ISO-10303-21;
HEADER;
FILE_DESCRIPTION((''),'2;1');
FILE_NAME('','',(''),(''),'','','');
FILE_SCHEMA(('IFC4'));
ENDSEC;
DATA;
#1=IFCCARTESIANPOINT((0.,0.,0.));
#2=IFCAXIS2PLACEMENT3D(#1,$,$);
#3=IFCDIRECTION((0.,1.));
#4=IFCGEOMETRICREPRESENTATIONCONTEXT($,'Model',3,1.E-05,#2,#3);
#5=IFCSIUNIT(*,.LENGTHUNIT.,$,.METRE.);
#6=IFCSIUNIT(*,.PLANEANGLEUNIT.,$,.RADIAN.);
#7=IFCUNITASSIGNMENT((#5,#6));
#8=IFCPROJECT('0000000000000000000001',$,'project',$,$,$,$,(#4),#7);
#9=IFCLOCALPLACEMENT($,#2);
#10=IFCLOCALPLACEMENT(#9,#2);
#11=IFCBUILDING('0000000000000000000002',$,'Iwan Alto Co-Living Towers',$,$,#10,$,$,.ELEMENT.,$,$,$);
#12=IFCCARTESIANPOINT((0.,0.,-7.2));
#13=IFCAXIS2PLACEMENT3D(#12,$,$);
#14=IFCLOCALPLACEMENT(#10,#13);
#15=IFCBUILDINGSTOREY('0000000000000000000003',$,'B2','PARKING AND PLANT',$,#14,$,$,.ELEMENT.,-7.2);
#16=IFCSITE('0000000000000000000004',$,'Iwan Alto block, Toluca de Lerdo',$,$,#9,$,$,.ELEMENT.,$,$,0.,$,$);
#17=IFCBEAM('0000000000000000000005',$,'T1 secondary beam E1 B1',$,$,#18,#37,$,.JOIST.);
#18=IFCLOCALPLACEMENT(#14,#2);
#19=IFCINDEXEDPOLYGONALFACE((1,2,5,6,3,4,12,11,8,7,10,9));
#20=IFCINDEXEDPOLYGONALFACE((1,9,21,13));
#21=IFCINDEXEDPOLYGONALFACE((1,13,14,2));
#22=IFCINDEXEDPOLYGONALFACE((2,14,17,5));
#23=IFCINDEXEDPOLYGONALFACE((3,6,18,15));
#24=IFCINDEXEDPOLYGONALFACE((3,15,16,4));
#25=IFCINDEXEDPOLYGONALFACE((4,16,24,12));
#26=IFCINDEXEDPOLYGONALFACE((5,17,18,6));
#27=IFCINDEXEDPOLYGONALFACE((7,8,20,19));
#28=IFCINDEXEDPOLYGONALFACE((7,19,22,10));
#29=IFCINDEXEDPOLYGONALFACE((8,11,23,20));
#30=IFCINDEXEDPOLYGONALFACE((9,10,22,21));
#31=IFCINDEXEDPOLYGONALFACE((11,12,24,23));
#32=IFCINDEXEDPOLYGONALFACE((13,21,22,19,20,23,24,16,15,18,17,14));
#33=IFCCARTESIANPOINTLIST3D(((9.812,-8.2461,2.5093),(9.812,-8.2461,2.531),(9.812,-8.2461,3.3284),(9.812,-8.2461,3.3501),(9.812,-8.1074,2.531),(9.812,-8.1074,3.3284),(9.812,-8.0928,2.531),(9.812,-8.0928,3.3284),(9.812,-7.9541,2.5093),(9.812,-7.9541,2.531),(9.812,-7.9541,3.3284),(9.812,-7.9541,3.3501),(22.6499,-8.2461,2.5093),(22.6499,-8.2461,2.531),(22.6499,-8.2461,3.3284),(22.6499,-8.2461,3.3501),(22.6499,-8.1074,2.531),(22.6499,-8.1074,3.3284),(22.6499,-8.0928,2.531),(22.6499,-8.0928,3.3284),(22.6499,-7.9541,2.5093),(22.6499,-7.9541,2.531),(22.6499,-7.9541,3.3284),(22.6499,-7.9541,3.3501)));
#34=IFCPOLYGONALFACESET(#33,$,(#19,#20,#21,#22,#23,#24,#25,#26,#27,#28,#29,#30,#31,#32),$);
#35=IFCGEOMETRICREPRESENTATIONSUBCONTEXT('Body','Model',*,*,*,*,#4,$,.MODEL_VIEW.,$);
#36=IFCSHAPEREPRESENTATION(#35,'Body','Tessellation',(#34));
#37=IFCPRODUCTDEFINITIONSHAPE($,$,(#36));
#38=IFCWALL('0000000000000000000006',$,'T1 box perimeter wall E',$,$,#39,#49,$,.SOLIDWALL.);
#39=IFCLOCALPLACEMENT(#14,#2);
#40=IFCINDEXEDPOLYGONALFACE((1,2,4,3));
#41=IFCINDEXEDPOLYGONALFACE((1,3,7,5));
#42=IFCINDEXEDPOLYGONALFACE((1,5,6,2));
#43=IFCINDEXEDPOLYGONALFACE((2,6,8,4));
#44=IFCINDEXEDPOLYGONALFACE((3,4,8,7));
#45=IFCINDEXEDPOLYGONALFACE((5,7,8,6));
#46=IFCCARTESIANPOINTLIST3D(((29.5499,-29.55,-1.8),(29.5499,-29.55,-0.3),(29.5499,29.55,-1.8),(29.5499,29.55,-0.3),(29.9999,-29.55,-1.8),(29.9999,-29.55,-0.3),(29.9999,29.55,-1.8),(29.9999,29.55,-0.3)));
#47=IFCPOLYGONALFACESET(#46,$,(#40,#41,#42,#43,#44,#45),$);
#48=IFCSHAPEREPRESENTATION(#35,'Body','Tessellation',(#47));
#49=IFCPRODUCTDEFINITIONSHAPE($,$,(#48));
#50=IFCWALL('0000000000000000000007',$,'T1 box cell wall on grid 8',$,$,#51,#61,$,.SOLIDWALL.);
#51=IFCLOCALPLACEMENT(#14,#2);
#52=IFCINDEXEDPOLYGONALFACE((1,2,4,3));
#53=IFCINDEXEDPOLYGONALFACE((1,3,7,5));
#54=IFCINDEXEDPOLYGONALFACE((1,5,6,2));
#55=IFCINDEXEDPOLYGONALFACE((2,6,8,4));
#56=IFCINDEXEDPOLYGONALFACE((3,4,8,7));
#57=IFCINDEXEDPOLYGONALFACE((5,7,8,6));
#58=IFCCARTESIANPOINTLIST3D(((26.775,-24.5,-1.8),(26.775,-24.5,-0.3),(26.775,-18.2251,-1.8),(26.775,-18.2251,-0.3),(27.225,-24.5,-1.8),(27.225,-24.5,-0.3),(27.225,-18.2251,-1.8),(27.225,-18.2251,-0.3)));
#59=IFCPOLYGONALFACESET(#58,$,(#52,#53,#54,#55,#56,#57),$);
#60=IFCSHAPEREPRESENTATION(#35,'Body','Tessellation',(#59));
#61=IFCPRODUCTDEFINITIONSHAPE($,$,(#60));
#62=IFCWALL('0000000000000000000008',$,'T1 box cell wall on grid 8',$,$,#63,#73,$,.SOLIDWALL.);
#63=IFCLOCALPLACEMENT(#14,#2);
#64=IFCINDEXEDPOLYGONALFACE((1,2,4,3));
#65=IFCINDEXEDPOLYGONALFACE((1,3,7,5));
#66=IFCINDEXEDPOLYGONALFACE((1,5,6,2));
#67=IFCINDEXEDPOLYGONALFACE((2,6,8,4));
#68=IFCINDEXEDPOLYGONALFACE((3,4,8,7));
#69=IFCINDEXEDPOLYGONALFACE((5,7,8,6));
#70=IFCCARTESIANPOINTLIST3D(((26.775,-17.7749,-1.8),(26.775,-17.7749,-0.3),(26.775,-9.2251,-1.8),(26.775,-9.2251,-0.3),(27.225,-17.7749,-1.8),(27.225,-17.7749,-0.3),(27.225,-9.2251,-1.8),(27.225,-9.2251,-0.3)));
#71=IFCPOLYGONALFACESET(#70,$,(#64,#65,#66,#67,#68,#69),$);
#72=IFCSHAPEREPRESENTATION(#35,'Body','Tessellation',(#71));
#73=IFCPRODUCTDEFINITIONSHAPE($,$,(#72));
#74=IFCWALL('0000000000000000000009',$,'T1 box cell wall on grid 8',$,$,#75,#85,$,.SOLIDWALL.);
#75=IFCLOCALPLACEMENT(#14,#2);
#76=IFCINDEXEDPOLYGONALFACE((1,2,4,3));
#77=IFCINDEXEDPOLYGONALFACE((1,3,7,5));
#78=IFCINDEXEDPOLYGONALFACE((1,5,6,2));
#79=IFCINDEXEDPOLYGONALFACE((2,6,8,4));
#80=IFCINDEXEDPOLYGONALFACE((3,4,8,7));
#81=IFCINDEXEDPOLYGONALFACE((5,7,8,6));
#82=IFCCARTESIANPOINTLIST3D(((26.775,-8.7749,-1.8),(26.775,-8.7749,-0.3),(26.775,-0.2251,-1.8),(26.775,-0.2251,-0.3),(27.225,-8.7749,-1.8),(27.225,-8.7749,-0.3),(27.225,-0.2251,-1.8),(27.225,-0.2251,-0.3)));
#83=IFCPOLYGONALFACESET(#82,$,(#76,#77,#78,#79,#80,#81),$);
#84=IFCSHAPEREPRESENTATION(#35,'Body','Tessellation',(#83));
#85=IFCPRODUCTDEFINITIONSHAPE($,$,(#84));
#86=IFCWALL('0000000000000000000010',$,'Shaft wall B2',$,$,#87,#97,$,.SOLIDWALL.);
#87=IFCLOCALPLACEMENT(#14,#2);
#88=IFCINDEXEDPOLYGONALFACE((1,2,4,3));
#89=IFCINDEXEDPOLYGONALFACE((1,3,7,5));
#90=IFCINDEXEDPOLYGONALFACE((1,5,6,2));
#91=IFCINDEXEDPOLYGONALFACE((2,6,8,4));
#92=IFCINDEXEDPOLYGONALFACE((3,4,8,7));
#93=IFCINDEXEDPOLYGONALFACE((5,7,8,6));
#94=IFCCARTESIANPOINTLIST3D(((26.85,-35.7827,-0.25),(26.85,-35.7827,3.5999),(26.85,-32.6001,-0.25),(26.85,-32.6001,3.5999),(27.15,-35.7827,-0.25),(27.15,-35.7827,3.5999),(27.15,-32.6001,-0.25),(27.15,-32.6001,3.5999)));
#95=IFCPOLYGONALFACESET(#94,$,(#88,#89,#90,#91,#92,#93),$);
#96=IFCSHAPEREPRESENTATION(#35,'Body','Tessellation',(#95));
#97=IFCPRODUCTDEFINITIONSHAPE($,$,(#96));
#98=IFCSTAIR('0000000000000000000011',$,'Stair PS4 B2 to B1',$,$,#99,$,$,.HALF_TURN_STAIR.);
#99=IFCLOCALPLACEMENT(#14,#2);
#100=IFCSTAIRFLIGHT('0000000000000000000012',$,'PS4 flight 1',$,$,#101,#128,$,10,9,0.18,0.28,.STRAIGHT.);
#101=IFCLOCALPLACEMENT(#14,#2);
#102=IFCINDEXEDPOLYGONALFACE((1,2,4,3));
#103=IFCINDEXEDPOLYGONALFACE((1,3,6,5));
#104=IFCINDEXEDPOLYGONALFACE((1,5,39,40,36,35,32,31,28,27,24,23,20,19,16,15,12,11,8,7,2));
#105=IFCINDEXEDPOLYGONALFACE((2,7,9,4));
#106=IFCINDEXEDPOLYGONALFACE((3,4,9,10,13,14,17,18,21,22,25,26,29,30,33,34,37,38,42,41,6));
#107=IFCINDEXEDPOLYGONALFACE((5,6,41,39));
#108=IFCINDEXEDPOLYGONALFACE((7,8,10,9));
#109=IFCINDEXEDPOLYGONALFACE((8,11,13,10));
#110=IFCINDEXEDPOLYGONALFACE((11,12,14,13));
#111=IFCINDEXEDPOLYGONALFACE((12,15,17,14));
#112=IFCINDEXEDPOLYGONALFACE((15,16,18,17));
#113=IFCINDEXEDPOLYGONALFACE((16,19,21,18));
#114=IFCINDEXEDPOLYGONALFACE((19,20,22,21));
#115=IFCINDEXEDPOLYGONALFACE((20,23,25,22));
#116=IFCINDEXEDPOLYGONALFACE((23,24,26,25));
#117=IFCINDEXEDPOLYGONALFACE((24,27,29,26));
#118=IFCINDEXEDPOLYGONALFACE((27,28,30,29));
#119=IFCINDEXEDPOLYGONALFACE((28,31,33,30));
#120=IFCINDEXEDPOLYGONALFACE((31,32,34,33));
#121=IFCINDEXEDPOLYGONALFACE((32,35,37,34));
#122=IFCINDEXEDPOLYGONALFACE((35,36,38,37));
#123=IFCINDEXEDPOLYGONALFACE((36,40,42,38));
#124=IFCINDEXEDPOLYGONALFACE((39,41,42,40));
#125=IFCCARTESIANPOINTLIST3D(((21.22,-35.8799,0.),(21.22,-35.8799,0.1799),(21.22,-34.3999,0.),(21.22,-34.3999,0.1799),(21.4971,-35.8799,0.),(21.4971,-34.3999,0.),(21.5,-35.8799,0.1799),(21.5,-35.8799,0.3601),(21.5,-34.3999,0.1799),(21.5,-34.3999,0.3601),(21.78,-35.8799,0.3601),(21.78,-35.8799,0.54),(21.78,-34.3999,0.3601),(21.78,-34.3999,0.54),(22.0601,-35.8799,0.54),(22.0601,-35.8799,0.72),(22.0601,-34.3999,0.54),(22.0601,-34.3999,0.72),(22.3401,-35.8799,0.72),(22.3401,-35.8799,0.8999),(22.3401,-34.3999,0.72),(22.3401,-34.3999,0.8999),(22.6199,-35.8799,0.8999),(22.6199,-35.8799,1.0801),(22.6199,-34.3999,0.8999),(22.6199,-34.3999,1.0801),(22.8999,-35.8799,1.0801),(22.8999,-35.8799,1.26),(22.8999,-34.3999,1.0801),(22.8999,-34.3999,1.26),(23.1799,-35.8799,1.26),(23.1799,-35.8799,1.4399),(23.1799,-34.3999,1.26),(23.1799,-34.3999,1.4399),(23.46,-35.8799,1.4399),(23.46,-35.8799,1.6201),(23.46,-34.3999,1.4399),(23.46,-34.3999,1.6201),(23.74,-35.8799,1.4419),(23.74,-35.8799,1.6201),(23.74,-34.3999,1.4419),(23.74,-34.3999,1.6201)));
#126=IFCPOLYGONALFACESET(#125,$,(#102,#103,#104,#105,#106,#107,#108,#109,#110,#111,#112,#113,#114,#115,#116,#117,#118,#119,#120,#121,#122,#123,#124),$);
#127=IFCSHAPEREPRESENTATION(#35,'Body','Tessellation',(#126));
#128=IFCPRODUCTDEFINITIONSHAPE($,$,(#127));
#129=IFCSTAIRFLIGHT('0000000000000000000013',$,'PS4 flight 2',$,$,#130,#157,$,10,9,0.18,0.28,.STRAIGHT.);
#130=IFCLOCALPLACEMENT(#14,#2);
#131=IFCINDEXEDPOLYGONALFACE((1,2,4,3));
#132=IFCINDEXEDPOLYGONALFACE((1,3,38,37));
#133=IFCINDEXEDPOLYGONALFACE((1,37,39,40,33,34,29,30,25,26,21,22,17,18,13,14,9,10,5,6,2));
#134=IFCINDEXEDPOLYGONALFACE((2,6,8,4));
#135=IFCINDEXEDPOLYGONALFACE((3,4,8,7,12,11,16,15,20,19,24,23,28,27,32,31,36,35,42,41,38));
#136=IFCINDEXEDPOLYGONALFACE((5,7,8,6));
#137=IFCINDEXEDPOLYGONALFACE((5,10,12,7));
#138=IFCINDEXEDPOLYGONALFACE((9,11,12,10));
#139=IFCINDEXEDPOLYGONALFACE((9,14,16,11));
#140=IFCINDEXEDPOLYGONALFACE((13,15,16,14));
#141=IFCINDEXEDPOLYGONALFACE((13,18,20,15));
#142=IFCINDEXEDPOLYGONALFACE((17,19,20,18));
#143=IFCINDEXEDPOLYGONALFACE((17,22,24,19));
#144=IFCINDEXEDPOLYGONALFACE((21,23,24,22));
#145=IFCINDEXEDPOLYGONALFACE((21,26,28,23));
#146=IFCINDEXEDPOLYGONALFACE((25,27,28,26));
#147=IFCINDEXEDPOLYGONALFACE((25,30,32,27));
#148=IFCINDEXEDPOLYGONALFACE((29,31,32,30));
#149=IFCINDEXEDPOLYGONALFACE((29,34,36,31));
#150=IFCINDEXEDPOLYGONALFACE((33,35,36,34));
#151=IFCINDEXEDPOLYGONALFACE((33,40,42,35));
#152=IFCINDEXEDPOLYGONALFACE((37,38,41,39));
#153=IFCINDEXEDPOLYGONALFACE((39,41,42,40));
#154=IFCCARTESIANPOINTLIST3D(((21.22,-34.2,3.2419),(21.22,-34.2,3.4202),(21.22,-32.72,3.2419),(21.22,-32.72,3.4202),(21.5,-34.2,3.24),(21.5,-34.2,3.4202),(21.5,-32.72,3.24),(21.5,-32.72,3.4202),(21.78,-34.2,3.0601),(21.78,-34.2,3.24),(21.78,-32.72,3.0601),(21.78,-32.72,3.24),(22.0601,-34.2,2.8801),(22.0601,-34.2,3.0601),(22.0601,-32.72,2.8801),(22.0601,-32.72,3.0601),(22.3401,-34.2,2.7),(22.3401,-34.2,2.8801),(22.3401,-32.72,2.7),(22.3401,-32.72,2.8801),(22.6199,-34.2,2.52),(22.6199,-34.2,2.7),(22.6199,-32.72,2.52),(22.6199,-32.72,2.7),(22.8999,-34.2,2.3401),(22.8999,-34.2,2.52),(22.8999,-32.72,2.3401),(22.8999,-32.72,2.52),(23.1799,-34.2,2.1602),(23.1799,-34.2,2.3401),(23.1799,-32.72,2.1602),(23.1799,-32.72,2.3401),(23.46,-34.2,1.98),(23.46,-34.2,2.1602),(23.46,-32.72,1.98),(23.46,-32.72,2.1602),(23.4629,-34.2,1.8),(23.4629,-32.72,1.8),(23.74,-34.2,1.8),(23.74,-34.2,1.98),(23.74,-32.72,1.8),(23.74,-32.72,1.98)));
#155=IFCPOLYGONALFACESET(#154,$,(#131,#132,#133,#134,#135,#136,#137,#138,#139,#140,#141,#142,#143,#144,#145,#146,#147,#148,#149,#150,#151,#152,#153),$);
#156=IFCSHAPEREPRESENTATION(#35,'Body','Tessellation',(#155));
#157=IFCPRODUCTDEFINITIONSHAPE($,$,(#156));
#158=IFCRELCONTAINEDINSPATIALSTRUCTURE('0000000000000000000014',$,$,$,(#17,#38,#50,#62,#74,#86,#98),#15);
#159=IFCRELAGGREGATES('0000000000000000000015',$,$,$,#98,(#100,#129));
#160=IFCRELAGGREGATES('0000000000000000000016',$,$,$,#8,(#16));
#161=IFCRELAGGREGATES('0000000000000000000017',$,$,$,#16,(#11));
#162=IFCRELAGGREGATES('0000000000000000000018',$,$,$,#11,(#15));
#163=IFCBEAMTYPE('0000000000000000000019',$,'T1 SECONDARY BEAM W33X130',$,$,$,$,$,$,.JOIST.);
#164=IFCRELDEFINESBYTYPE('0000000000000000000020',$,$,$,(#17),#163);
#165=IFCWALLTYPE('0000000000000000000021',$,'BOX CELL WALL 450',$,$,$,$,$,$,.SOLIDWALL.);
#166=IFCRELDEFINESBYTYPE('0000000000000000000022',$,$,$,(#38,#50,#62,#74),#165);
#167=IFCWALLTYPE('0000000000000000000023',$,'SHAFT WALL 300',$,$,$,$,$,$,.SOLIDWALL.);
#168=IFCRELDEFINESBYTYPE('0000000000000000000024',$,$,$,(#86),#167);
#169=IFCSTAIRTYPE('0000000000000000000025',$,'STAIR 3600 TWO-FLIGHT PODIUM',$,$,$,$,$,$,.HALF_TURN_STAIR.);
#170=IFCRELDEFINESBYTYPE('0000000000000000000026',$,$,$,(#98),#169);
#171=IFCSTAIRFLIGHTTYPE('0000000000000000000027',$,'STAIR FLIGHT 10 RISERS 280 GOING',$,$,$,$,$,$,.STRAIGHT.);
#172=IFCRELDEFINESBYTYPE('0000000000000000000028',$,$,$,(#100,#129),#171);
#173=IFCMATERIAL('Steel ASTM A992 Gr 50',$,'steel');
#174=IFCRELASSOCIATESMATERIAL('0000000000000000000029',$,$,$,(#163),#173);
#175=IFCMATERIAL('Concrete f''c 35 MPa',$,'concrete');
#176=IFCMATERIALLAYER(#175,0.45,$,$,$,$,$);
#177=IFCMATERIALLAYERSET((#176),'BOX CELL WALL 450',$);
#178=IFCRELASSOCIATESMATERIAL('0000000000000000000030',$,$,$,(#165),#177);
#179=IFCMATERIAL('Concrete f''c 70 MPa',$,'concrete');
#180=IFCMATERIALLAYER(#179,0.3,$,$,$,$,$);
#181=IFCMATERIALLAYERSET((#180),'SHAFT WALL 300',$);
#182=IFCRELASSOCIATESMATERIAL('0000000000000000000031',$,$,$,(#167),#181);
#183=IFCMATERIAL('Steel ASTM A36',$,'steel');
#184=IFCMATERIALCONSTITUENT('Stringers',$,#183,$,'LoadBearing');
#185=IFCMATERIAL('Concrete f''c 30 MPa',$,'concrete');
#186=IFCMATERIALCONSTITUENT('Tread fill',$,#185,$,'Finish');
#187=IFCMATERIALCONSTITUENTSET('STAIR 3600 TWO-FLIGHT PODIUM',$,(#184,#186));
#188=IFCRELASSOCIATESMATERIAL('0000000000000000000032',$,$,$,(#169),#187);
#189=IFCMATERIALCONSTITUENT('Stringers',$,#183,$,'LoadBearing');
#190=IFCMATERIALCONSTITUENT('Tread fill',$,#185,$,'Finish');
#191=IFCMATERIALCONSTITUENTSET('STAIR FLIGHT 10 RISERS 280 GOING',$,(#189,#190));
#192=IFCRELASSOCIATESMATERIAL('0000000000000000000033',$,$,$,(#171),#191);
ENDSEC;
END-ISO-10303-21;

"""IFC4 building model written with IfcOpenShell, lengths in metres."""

from ifc_helpers import new_model, si_unit, direction, frame, frame_2d, origin, origin_2d, place, context, subcontext, project, spatial, polyline, rectangle, i_section, outline, extrude, material, layer, layer_set, constituent, constituent_set, material_profile, profile_set, type_object, element, aggregate, save


model = new_model("IFC4")

# Units and contexts
model_context = context("Model", 3, precision=1e-05, world=origin(), true_north=direction((0.0, 1.0)))
body_context = subcontext(model_context, "Body", "Model", "MODEL_VIEW")
ifc_project = project(units=[si_unit("LENGTHUNIT", "METRE"), si_unit("PLANEANGLEUNIT", "RADIAN")], contexts=[model_context])

# Site, building, storey
site_placement = place(None, origin())
site = spatial("IfcSite", under=ifc_project, at=site_placement, Name="Iwan Alto block, Toluca de Lerdo", CompositionType="ELEMENT", RefElevation=0.0)
building_placement = place(site_placement, origin())
building = spatial("IfcBuilding", under=site, at=building_placement, Name="Iwan Alto Co-Living Towers", CompositionType="ELEMENT")
storey_placement = place(building_placement, frame((0.0, 0.0, -7.2)))
storey = spatial("IfcBuildingStorey", under=building, at=storey_placement, Name="B2", Description="PARKING AND PLANT", CompositionType="ELEMENT", Elevation=-7.2)

# Beam
ifc_material_1 = material(Name="Steel ASTM A992 Gr 50", Category="steel")
ifc_material_profile_1 = material_profile(ifc_material_1, i_section(OverallWidth=0.292, OverallDepth=0.8408, WebThickness=0.0146, FlangeThickness=0.0217, at=origin_2d()), Name="W33X130")
ifc_profile_set_1 = profile_set([ifc_material_profile_1], Name="Steel ASTM A992 Gr 50")
beam_type_1 = type_object("IfcBeamType", Name="T1 SECONDARY BEAM W33X130", PredefinedType="JOIST", material=ifc_profile_set_1)
beam_1_placement = place(storey_placement, frame((22.6499, -8.1001, 2.9297), z_axis=(-1.0, 0.0, 0.0), x_axis=(0.0, -1.0, 0.0)))
element("IfcBeam", 1, at=beam_1_placement, inside=storey, type_object=beam_type_1, Name="T1 secondary beam E1 B1", PredefinedType="JOIST", context=body_context, shape_type="SweptSolid", body=[
    extrude(i_section(OverallWidth=0.292, OverallDepth=0.8408, WebThickness=0.0146, FlangeThickness=0.0217, at=origin_2d()), origin(), (0.0, 0.0, 1.0), 12.8379),
])

# Walls
ifc_material_2 = material(Name="Concrete f'c 35 MPa", Category="concrete")
ifc_layer_1 = layer(ifc_material_2, 0.45)
ifc_layer_set_1 = layer_set([ifc_layer_1], Name="BOX CELL WALL 450")
wall_type_1 = type_object("IfcWallType", Name="BOX CELL WALL 450", PredefinedType="SOLIDWALL", material=ifc_layer_set_1)
wall_1_placement = place(storey_placement, frame((29.7749, -29.55, -1.8), z_axis=(0.0, 0.0, 1.0), x_axis=(0.0, 1.0, 0.0)))
element("IfcWall", 2, at=wall_1_placement, inside=storey, type_object=wall_type_1, Name="T1 box perimeter wall E", PredefinedType="SOLIDWALL", context=body_context, shape_type="SweptSolid", body=[
    extrude(rectangle(XDim=59.1001, YDim=0.45, at=frame_2d((29.55, 0.0))), origin(), (0.0, 0.0, 1.0), 1.5),
])
wall_2_placement = place(storey_placement, frame((27.0, -24.5, -1.8), z_axis=(0.0, 0.0, 1.0), x_axis=(0.0, 1.0, 0.0)))
element("IfcWall", 3, at=wall_2_placement, inside=storey, type_object=wall_type_1, Name="T1 box cell wall on grid 8", PredefinedType="SOLIDWALL", context=body_context, shape_type="SweptSolid", body=[
    extrude(rectangle(XDim=6.2749, YDim=0.45, at=frame_2d((3.1375, 0.0))), origin(), (0.0, 0.0, 1.0), 1.5),
])
for number, where, z_axis, x_axis, name in (
    (4, (27.0, -17.7749, -1.8), (0.0, 0.0, 1.0), (0.0, 1.0, 0.0), "T1 box cell wall on grid 8"),
    (5, (27.0, -8.7749, -1.8), (0.0, 0.0, 1.0), (0.0, 1.0, 0.0), "T1 box cell wall on grid 8"),
):
    element("IfcWall", number, at=place(storey_placement, frame(where, z_axis=z_axis, x_axis=x_axis)), inside=storey, type_object=wall_type_1, Name=name, PredefinedType="SOLIDWALL", context=body_context, shape_type="SweptSolid", body=[
        extrude(rectangle(XDim=8.5498, YDim=0.45, at=frame_2d((4.2749, 0.0))), origin(), (0.0, 0.0, 1.0), 1.5),
    ])
ifc_material_3 = material(Name="Concrete f'c 70 MPa", Category="concrete")
ifc_layer_2 = layer(ifc_material_3, 0.3)
ifc_layer_set_2 = layer_set([ifc_layer_2], Name="SHAFT WALL 300")
wall_type_2 = type_object("IfcWallType", Name="SHAFT WALL 300", PredefinedType="SOLIDWALL", material=ifc_layer_set_2)
wall_3_placement = place(storey_placement, frame((27.0, -35.7827, -0.25), z_axis=(0.0, 0.0, 1.0), x_axis=(0.0, 1.0, 0.0)))
element("IfcWall", 6, at=wall_3_placement, inside=storey, type_object=wall_type_2, Name="Shaft wall B2", PredefinedType="SOLIDWALL", context=body_context, shape_type="SweptSolid", body=[
    extrude(rectangle(XDim=3.1826, YDim=0.3, at=frame_2d((1.5913, 0.0))), origin(), (0.0, 0.0, 1.0), 3.8499),
])

# Stair, stair flights
ifc_material_4 = material(Name="Steel ASTM A36", Category="steel")
ifc_constituent_1 = constituent(ifc_material_4, Name="Stringers", Category="LoadBearing")
ifc_material_5 = material(Name="Concrete f'c 30 MPa", Category="concrete")
ifc_constituent_2 = constituent(ifc_material_5, Name="Tread fill", Category="Finish")
ifc_constituent_set_1 = constituent_set(constituents=[ifc_constituent_1, ifc_constituent_2], Name="STAIR 3600 TWO-FLIGHT PODIUM")
stair_type = type_object("IfcStairType", Name="STAIR 3600 TWO-FLIGHT PODIUM", PredefinedType="HALF_TURN_STAIR", material=ifc_constituent_set_1)
stair_placement = place(storey_placement, origin())
stair = element("IfcStair", 7, at=stair_placement, inside=storey, type_object=stair_type, Name="Stair PS4 B2 to B1", PredefinedType="HALF_TURN_STAIR")
ifc_constituent_3 = constituent(ifc_material_4, Name="Stringers", Category="LoadBearing")
ifc_constituent_4 = constituent(ifc_material_5, Name="Tread fill", Category="Finish")
ifc_constituent_set_2 = constituent_set(constituents=[ifc_constituent_3, ifc_constituent_4], Name="STAIR FLIGHT 10 RISERS 280 GOING")
stair_flight_type = type_object("IfcStairFlightType", Name="STAIR FLIGHT 10 RISERS 280 GOING", PredefinedType="STRAIGHT", material=ifc_constituent_set_2)
stair_flight_1_placement = place(storey_placement, frame((21.22, -35.1399, 0.0), z_axis=(0.0, 0.0, 1.0), x_axis=(1.0, 0.0, 0.0)))
stair_flight_1 = element("IfcStairFlight", 8, at=stair_flight_1_placement, type_object=stair_flight_type, Name="PS4 flight 1", NumberOfRisers=10, NumberOfTreads=9, PredefinedType="STRAIGHT", RiserHeight=0.18, TreadLength=0.28, context=body_context, shape_type="SweptSolid", body=[
    extrude(outline(polyline([(0.0, 0.0), (0.0, 0.1799), (0.28, 0.1799), (0.28, 0.3601), (0.5601, 0.3601), (0.5601, 0.54), (0.8401, 0.54), (0.8401, 0.72), (1.1201, 0.72), (1.1201, 0.8999), (1.3999, 0.8999), (1.3999, 1.0801), (1.6799, 1.0801), (1.6799, 1.26), (1.96, 1.26), (1.96, 1.4399), (2.24, 1.4399), (2.24, 1.6201), (2.52, 1.6201), (2.52, 1.8), (2.52, 1.4419), (0.2771, 0.0), (0.0, 0.0)])), frame((0.0, 0.74, 0.0), z_axis=(0.0, -1.0, 0.0), x_axis=(1.0, 0.0, 0.0)), (0.0, 0.0, 1.0), 1.48),
])
stair_flight_2_placement = place(storey_placement, frame((23.74, -33.46, 1.8), z_axis=(0.0, 0.0, 1.0), x_axis=(-1.0, 0.0, 0.0)))
stair_flight_2 = element("IfcStairFlight", 9, at=stair_flight_2_placement, type_object=stair_flight_type, Name="PS4 flight 2", NumberOfRisers=10, NumberOfTreads=9, PredefinedType="STRAIGHT", RiserHeight=0.18, TreadLength=0.28, context=body_context, shape_type="SweptSolid", body=[
    extrude(outline(polyline([(0.0, 0.0), (0.0, 0.1799), (0.28, 0.1799), (0.28, 0.3601), (0.5601, 0.3601), (0.5601, 0.54), (0.8401, 0.54), (0.8401, 0.72), (1.1201, 0.72), (1.1201, 0.8999), (1.3999, 0.8999), (1.3999, 1.0801), (1.6799, 1.0801), (1.6799, 1.26), (1.96, 1.26), (1.96, 1.4399), (2.24, 1.4399), (2.24, 1.6201), (2.52, 1.6201), (2.52, 1.8), (2.52, 1.4419), (0.2771, 0.0), (0.0, 0.0)])), frame((0.0, 0.74, 0.0), z_axis=(0.0, -1.0, 0.0), x_axis=(1.0, 0.0, 0.0)), (0.0, 0.0, 1.0), 1.48),
])
aggregate(stair, [stair_flight_1, stair_flight_2])

save(model, "model.ifc")
